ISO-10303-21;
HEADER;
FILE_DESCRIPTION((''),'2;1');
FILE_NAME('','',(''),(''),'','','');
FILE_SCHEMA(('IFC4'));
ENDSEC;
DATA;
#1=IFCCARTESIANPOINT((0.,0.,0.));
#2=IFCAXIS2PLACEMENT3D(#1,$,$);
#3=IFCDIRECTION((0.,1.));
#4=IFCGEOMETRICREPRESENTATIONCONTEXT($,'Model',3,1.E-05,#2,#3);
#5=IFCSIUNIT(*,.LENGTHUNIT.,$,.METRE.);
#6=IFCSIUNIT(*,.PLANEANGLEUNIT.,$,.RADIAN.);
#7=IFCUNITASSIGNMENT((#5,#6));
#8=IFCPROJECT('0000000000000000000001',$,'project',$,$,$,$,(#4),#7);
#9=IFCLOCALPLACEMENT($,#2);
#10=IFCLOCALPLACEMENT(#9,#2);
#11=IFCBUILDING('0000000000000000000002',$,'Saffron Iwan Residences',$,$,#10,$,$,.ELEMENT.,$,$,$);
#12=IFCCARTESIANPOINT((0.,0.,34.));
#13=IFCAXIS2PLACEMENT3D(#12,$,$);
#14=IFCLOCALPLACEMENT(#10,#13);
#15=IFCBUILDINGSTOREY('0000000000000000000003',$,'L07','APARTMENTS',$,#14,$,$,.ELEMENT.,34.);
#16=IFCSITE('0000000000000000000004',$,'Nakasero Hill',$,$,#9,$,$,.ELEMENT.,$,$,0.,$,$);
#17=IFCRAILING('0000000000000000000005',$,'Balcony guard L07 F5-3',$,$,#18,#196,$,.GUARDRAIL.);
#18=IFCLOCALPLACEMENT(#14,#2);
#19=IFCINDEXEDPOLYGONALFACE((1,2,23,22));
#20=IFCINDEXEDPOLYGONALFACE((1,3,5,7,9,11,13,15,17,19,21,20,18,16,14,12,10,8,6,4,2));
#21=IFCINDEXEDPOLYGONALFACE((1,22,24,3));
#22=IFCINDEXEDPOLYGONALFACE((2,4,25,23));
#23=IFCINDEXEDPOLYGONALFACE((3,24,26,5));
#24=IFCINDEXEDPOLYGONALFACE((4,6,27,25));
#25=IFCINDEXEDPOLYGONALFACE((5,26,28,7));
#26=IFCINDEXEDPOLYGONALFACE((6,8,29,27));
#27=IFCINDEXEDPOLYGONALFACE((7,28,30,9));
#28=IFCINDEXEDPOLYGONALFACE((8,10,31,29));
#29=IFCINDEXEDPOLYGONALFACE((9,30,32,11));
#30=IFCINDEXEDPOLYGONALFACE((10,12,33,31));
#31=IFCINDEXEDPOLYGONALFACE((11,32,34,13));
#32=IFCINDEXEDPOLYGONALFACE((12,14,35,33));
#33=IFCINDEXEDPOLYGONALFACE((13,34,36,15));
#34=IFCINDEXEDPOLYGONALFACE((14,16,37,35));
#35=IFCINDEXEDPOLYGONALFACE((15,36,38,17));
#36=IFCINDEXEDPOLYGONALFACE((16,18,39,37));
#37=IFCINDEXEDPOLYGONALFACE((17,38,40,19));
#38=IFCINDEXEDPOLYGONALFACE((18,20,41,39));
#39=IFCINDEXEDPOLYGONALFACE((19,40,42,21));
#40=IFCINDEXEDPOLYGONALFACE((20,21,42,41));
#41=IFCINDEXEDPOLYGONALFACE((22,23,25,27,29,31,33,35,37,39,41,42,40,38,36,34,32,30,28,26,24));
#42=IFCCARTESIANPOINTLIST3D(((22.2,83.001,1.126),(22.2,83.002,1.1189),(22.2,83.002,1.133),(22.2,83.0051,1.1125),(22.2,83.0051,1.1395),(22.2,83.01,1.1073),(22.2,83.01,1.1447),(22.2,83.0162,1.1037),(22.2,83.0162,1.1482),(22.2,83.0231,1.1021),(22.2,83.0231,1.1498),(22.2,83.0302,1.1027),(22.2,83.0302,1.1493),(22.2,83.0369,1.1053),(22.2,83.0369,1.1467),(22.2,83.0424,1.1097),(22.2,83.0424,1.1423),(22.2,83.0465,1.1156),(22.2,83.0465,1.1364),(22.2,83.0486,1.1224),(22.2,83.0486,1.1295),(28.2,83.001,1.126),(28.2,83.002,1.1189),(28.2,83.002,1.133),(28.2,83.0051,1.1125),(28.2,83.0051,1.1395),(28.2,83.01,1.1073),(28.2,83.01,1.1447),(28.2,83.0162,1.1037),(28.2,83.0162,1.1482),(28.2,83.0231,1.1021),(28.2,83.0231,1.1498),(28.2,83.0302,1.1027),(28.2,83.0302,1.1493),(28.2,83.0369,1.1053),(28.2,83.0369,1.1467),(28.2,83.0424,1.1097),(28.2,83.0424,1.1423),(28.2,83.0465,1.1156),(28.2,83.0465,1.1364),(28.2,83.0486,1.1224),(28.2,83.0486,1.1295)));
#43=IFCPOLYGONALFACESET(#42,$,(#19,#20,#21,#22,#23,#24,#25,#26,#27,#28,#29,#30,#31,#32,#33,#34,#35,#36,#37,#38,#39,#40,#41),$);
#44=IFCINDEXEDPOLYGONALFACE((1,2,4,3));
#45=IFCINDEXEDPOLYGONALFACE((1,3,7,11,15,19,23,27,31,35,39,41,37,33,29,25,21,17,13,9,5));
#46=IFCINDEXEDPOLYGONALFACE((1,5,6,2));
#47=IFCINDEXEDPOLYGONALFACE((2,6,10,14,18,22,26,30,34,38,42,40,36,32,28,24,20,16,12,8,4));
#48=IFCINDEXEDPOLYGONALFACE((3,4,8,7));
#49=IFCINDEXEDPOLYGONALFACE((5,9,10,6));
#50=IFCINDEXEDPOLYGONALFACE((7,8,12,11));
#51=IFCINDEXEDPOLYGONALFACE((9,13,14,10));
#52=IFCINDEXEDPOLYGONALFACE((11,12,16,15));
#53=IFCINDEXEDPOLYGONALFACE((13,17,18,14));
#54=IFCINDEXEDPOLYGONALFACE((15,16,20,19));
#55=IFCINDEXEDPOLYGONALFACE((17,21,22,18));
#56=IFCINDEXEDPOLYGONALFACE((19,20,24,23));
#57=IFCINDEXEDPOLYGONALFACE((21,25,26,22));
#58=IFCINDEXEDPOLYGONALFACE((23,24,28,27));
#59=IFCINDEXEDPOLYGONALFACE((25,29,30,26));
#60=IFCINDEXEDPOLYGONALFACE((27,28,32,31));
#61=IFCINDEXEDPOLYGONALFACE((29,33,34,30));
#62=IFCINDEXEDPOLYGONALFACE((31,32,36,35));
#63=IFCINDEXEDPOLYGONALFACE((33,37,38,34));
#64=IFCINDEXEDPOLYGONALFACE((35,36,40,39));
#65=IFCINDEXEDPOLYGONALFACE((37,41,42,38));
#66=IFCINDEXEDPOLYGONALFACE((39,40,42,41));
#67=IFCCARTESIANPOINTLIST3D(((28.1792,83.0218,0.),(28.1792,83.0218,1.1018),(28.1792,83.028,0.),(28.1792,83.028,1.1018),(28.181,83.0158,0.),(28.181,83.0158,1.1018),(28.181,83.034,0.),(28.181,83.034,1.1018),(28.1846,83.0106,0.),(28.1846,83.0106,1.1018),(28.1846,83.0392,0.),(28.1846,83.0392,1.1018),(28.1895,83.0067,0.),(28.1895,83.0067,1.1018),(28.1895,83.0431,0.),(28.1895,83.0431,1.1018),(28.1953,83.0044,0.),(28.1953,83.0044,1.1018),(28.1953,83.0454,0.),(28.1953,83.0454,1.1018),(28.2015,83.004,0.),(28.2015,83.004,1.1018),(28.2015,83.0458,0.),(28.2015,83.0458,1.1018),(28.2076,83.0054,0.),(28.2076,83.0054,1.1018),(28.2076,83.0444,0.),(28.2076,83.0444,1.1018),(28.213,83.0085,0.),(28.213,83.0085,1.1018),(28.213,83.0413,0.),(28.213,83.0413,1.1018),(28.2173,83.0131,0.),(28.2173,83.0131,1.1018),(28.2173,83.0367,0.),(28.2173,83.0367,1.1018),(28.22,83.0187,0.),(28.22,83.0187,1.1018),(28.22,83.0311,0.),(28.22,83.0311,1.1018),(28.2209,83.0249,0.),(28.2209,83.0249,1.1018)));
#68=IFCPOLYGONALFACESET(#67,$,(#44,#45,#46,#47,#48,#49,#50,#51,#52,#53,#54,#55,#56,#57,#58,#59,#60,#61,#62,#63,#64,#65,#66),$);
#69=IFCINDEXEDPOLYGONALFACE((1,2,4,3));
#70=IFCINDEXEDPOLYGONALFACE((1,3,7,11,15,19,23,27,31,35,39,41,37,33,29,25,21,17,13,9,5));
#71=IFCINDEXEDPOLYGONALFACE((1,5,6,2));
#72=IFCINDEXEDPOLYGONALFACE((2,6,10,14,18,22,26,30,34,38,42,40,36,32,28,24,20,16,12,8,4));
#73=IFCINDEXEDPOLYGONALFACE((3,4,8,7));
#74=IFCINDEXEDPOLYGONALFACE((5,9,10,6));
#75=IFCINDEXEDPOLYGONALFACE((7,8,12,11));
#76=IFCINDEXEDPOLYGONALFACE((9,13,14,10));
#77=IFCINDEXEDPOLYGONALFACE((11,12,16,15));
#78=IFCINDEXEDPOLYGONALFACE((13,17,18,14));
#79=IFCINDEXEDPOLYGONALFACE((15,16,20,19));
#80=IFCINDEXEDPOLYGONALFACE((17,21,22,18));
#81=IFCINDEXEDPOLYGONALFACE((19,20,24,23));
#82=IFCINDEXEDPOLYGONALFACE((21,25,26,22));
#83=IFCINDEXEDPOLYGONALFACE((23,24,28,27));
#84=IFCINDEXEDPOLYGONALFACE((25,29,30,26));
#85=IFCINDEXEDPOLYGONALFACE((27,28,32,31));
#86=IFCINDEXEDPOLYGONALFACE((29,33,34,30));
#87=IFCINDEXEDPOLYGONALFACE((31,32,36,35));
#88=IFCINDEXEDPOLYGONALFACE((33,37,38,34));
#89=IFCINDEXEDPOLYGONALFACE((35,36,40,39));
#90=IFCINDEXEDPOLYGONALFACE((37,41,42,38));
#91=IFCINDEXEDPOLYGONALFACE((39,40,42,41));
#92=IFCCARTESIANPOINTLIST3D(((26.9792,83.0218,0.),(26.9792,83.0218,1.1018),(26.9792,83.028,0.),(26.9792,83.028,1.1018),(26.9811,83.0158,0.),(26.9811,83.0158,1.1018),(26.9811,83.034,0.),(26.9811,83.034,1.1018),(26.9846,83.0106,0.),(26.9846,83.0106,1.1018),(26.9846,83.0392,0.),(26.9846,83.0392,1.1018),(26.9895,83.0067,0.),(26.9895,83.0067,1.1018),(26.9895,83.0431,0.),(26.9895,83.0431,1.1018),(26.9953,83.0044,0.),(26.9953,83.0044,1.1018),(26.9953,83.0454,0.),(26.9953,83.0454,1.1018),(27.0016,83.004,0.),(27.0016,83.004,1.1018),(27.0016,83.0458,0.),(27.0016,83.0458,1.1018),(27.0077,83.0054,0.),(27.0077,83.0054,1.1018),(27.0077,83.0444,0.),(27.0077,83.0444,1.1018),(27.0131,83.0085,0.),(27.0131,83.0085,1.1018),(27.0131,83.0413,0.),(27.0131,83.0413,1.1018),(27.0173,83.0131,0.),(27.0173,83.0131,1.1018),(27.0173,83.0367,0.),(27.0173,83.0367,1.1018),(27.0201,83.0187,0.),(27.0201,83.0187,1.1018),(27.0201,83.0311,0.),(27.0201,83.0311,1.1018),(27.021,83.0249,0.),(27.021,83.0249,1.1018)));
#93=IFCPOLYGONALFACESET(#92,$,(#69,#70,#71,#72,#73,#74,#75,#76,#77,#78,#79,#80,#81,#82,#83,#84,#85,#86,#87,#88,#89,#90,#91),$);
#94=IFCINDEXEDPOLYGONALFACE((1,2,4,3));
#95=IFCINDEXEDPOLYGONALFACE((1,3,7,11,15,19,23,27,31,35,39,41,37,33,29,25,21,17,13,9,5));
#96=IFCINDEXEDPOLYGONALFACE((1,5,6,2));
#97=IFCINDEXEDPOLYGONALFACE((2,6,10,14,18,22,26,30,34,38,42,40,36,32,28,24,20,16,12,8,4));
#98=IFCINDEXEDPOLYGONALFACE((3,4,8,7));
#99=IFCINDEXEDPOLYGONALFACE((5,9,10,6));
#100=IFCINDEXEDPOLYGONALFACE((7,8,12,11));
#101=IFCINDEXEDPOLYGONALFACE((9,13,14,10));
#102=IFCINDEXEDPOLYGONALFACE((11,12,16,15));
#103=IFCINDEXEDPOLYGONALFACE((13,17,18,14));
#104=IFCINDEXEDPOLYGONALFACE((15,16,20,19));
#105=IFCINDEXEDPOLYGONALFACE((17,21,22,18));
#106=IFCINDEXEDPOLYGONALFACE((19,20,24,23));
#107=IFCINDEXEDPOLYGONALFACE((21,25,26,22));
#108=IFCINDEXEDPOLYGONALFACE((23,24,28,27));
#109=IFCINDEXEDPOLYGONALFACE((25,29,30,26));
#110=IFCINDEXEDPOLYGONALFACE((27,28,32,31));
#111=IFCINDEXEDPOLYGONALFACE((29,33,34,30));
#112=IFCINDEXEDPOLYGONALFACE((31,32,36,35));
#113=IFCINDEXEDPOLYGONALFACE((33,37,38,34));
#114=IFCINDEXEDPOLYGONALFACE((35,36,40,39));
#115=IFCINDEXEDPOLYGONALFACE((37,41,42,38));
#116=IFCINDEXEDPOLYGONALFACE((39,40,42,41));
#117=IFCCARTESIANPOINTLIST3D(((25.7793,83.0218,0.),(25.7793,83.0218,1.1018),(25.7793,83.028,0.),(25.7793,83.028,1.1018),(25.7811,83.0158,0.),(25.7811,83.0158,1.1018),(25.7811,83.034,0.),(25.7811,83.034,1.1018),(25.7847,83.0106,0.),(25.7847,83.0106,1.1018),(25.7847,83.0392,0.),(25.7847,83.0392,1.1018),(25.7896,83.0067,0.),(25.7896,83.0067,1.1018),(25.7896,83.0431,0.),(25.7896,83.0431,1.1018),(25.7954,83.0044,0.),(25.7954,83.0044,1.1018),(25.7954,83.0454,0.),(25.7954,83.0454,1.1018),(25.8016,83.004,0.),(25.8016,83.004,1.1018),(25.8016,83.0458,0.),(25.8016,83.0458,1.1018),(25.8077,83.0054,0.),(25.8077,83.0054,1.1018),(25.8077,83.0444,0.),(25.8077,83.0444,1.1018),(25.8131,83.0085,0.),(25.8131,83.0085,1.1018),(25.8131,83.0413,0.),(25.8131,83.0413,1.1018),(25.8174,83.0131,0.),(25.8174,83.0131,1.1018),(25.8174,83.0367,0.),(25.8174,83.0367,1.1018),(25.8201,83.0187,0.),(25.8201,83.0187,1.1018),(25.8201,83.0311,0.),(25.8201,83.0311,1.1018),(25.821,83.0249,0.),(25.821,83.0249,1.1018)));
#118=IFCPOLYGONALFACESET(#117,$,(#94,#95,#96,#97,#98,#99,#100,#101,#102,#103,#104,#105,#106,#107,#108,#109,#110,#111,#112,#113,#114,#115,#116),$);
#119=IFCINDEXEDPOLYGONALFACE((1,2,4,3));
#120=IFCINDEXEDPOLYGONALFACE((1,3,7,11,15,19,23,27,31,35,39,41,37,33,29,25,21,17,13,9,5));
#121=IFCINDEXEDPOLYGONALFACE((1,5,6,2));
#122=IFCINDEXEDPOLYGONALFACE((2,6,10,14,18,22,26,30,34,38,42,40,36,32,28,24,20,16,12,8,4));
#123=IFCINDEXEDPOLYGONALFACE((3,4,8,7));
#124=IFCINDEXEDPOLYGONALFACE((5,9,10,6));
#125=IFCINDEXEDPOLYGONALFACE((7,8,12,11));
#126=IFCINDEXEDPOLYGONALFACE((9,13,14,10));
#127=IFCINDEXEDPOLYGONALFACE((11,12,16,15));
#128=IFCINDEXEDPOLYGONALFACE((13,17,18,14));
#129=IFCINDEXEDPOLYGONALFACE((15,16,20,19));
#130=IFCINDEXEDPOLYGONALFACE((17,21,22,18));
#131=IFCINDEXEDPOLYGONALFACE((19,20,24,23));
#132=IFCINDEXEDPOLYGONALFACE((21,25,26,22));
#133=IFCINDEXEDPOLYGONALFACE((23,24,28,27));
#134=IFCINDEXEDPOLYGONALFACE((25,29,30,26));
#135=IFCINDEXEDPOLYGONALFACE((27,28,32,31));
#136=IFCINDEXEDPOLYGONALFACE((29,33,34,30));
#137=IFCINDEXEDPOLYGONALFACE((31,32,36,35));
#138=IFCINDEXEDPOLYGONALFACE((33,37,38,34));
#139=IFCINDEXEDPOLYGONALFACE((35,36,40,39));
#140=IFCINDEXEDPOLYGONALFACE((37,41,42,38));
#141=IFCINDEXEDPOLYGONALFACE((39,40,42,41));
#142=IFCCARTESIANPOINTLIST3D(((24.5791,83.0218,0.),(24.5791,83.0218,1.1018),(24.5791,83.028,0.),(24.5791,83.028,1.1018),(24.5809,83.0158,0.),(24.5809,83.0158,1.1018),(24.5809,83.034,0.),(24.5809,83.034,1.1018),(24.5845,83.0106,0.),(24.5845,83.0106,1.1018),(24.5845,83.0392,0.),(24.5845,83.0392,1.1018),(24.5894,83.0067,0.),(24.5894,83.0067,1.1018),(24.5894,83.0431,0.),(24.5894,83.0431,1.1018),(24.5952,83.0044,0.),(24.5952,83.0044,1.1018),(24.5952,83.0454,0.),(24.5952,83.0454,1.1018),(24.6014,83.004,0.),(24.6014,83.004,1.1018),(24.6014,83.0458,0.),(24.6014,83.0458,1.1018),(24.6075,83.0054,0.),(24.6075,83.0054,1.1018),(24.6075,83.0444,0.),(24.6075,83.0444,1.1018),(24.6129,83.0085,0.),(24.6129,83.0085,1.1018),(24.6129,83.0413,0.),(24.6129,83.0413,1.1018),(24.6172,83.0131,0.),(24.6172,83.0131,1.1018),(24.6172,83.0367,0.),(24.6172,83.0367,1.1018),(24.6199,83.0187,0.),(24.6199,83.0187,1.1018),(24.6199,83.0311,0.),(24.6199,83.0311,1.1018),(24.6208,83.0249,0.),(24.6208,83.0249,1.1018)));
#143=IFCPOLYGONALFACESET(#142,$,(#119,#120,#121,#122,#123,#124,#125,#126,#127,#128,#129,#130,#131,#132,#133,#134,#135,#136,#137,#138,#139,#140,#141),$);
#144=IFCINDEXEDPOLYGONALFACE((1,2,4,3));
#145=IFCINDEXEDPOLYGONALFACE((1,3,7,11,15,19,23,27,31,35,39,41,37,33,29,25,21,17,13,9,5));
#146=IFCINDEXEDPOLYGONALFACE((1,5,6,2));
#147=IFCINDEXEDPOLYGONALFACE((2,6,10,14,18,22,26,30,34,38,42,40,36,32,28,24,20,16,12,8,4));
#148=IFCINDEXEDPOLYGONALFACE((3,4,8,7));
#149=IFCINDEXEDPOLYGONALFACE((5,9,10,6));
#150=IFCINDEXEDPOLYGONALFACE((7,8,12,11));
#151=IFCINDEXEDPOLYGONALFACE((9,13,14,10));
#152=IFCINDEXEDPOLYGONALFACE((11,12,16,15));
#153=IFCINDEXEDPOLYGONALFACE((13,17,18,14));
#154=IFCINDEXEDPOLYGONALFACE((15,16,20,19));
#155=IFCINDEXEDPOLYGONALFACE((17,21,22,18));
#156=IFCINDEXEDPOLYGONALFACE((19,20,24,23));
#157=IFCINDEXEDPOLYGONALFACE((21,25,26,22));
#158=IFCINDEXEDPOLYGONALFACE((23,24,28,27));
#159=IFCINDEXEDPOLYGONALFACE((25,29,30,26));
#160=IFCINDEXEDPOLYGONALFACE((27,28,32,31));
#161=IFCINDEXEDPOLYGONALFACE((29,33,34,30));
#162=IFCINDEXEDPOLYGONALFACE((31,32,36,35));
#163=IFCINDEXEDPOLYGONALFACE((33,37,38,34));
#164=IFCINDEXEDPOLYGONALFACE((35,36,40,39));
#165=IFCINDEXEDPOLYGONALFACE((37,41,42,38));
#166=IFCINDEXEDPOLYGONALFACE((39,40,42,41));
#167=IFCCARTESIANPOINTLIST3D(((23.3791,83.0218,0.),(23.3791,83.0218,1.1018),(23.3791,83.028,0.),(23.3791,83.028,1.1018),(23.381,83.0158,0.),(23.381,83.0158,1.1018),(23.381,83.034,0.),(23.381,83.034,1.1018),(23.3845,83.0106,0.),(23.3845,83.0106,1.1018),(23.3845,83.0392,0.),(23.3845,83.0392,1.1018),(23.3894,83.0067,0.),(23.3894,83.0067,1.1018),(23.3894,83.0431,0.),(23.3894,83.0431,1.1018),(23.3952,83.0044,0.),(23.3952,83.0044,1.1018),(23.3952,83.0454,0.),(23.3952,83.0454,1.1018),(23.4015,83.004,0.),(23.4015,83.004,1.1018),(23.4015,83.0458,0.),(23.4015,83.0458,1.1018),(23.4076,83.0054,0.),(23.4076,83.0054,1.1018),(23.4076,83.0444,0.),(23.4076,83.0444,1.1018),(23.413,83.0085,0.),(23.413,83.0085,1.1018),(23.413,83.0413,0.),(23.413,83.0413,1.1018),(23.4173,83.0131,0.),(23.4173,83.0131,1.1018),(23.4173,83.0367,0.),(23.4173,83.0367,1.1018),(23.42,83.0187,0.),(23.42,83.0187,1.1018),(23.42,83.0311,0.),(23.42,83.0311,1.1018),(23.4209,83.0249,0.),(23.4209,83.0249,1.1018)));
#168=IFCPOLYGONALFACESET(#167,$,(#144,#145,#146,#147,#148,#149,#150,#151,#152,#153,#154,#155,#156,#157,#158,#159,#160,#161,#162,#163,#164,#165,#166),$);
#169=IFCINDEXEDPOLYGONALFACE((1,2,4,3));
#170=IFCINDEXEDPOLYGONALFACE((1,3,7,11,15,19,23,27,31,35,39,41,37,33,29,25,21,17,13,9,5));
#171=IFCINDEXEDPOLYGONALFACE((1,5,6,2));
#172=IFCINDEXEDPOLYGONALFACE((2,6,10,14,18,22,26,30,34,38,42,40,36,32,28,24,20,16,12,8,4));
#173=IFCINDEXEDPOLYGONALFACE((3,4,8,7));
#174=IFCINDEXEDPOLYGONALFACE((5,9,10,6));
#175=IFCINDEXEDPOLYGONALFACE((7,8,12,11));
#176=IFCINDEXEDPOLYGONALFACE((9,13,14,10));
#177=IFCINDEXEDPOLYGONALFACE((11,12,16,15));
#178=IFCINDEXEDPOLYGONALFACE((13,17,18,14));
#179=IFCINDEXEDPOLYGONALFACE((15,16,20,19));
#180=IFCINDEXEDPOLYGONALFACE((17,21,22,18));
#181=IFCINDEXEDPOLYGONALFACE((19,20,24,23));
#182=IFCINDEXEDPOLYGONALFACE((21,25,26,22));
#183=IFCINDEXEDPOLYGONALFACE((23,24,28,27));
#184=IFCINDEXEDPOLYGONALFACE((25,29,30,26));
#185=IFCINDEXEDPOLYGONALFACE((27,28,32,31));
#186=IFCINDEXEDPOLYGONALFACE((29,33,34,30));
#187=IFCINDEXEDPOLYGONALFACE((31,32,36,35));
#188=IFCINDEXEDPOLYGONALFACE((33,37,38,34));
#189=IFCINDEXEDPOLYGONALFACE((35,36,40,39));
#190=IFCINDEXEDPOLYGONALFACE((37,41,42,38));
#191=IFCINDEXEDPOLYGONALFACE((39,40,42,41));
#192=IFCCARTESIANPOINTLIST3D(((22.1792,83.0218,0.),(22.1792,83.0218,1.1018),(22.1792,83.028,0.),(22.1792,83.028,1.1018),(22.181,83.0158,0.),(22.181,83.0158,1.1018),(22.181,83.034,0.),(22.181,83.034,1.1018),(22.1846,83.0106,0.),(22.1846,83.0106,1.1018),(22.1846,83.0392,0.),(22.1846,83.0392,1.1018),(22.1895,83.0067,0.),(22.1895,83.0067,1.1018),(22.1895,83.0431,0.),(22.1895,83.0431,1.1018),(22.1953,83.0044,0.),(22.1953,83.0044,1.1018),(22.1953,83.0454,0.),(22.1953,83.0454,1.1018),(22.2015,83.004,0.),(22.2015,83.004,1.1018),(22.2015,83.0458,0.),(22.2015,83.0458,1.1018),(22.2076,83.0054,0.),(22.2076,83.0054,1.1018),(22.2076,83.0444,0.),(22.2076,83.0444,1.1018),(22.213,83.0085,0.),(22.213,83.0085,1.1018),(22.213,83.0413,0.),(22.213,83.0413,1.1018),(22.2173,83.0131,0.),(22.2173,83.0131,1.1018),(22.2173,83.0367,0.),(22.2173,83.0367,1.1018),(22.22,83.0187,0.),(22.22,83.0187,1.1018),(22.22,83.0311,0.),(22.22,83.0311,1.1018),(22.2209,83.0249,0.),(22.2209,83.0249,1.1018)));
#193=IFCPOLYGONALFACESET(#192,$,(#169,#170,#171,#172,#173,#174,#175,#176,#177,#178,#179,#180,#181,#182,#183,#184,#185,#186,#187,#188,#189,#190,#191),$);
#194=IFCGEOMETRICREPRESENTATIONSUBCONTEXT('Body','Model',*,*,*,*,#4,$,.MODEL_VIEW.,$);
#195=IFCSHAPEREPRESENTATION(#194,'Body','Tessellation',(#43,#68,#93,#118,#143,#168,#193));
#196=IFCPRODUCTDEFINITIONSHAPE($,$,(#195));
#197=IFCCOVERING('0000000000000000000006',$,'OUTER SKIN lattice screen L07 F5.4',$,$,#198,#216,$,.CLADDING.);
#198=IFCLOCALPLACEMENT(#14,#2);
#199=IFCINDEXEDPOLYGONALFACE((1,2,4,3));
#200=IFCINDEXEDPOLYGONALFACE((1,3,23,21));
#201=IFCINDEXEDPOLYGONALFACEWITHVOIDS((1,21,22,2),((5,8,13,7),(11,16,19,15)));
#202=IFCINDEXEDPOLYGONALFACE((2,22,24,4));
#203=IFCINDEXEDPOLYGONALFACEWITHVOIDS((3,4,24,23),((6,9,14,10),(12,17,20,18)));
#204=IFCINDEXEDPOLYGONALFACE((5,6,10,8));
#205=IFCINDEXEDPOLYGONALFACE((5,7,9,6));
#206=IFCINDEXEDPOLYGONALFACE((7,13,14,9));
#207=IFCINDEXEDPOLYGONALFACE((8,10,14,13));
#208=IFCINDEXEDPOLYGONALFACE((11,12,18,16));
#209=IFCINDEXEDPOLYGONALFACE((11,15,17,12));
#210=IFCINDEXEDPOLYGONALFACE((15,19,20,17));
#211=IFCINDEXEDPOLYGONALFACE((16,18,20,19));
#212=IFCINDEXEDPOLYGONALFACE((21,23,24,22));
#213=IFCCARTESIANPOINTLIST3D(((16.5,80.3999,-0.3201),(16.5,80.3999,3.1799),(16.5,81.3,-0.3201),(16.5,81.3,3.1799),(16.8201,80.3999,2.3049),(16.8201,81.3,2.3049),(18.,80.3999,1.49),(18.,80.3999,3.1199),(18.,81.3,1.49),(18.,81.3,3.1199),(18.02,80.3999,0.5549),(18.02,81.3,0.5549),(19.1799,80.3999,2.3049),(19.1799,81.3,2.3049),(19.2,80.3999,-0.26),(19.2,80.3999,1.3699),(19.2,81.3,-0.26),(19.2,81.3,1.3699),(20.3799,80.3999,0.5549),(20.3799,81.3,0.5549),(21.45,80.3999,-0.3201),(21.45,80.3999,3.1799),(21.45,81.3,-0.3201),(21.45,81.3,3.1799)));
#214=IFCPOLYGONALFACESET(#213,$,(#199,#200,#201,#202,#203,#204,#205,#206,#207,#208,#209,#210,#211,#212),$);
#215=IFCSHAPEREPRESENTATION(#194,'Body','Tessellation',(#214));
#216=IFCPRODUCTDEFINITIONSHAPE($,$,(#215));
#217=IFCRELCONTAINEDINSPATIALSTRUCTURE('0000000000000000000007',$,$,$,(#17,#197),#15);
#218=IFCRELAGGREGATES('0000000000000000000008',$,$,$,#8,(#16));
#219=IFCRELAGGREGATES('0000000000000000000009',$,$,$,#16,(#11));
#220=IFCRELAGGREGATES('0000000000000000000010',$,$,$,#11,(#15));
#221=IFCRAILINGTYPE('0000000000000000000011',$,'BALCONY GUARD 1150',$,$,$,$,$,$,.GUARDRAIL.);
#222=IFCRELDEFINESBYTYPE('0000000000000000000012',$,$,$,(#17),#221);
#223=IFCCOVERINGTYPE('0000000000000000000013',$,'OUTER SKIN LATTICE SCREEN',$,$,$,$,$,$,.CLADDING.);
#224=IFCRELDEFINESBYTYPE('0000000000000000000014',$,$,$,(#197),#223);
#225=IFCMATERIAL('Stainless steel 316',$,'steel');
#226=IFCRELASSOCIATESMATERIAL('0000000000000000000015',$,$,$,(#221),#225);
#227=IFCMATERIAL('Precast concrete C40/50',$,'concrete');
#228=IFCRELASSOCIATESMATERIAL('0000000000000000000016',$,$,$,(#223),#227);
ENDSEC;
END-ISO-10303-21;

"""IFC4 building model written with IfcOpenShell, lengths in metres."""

from ifc_helpers import new_model, si_unit, direction, frame, origin, origin_2d, place, context, subcontext, project, spatial, polyline, circle, outline, extrude, material, type_object, element, save


model = new_model("IFC4")

# Units and contexts
model_context = context("Model", 3, precision=1e-05, world=origin(), true_north=direction((0.0, 1.0)))
body_context = subcontext(model_context, "Body", "Model", "MODEL_VIEW")
ifc_project = project(units=[si_unit("LENGTHUNIT", "METRE"), si_unit("PLANEANGLEUNIT", "RADIAN")], contexts=[model_context])

# Site, building, storey
site_placement = place(None, origin())
site = spatial("IfcSite", under=ifc_project, at=site_placement, Name="Nakasero Hill", CompositionType="ELEMENT", RefElevation=0.0)
building_placement = place(site_placement, origin())
building = spatial("IfcBuilding", under=site, at=building_placement, Name="Saffron Iwan Residences", CompositionType="ELEMENT")
storey_placement = place(building_placement, frame((0.0, 0.0, 34.0)))
storey = spatial("IfcBuildingStorey", under=building, at=storey_placement, Name="L07", Description="APARTMENTS", CompositionType="ELEMENT", Elevation=34.0)

# Railing
ifc_material_1 = material(Name="Stainless steel 316", Category="steel")
railing_type = type_object("IfcRailingType", Name="BALCONY GUARD 1150", PredefinedType="GUARDRAIL", material=ifc_material_1)
railing_placement = place(storey_placement, frame((28.2, 83.0249, 0.0)))
element("IfcRailing", 1, at=railing_placement, inside=storey, type_object=railing_type, Name="Balcony guard L07 F5-3", PredefinedType="GUARDRAIL", context=body_context, shape_type="SweptSolid", body=[
    extrude(circle(Radius=0.0239, at=origin_2d()), frame((0.0, 0.0, 1.126), z_axis=(-1.0, 0.0, 0.0), x_axis=(0.0, -1.0, 0.0)), (0.0, 0.0, 1.0), 6.0),
    extrude(circle(Radius=0.021, at=origin_2d()), origin(), (0.0, 0.0, 1.0), 1.1018),
    extrude(circle(Radius=0.021, at=origin_2d()), frame((-1.2, 0.0, 0.0)), (0.0, 0.0, 1.0), 1.1018),
    extrude(circle(Radius=0.021, at=origin_2d()), frame((-2.3999, 0.0, 0.0)), (0.0, 0.0, 1.0), 1.1018),
    extrude(circle(Radius=0.021, at=origin_2d()), frame((-3.6001, 0.0, 0.0)), (0.0, 0.0, 1.0), 1.1018),
    extrude(circle(Radius=0.021, at=origin_2d()), frame((-4.8, 0.0, 0.0)), (0.0, 0.0, 1.0), 1.1018),
    extrude(circle(Radius=0.021, at=origin_2d()), frame((-6.0, 0.0, 0.0)), (0.0, 0.0, 1.0), 1.1018),
])

# Covering
ifc_material_2 = material(Name="Precast concrete C40/50", Category="concrete")
covering_type = type_object("IfcCoveringType", Name="OUTER SKIN LATTICE SCREEN", PredefinedType="CLADDING", material=ifc_material_2)
covering_1_placement = place(storey_placement, frame((21.45, 80.3999, -0.3201), z_axis=(0.0, 1.0, 0.0), x_axis=(-1.0, 0.0, 0.0)))
element("IfcCovering", 2, at=covering_1_placement, inside=storey, type_object=covering_type, Name="OUTER SKIN lattice screen L07 F5.4", PredefinedType="CLADDING", context=body_context, shape_type="SweptSolid", body=[
    extrude(outline(polyline([(0.0, 0.0), (4.95, 0.0), (4.95, 3.5), (0.0, 3.5), (0.0, 0.0)]), holes=[polyline([(1.0701, 0.875), (2.25, 0.0601), (3.4299, 0.875), (2.25, 1.6899), (1.0701, 0.875)]), polyline([(2.27, 2.625), (3.45, 1.8101), (4.6299, 2.625), (3.45, 3.4399), (2.27, 2.625)])]), origin(), (0.0, 0.0, 1.0), 0.9001),
])

save(model, "model.ifc")
